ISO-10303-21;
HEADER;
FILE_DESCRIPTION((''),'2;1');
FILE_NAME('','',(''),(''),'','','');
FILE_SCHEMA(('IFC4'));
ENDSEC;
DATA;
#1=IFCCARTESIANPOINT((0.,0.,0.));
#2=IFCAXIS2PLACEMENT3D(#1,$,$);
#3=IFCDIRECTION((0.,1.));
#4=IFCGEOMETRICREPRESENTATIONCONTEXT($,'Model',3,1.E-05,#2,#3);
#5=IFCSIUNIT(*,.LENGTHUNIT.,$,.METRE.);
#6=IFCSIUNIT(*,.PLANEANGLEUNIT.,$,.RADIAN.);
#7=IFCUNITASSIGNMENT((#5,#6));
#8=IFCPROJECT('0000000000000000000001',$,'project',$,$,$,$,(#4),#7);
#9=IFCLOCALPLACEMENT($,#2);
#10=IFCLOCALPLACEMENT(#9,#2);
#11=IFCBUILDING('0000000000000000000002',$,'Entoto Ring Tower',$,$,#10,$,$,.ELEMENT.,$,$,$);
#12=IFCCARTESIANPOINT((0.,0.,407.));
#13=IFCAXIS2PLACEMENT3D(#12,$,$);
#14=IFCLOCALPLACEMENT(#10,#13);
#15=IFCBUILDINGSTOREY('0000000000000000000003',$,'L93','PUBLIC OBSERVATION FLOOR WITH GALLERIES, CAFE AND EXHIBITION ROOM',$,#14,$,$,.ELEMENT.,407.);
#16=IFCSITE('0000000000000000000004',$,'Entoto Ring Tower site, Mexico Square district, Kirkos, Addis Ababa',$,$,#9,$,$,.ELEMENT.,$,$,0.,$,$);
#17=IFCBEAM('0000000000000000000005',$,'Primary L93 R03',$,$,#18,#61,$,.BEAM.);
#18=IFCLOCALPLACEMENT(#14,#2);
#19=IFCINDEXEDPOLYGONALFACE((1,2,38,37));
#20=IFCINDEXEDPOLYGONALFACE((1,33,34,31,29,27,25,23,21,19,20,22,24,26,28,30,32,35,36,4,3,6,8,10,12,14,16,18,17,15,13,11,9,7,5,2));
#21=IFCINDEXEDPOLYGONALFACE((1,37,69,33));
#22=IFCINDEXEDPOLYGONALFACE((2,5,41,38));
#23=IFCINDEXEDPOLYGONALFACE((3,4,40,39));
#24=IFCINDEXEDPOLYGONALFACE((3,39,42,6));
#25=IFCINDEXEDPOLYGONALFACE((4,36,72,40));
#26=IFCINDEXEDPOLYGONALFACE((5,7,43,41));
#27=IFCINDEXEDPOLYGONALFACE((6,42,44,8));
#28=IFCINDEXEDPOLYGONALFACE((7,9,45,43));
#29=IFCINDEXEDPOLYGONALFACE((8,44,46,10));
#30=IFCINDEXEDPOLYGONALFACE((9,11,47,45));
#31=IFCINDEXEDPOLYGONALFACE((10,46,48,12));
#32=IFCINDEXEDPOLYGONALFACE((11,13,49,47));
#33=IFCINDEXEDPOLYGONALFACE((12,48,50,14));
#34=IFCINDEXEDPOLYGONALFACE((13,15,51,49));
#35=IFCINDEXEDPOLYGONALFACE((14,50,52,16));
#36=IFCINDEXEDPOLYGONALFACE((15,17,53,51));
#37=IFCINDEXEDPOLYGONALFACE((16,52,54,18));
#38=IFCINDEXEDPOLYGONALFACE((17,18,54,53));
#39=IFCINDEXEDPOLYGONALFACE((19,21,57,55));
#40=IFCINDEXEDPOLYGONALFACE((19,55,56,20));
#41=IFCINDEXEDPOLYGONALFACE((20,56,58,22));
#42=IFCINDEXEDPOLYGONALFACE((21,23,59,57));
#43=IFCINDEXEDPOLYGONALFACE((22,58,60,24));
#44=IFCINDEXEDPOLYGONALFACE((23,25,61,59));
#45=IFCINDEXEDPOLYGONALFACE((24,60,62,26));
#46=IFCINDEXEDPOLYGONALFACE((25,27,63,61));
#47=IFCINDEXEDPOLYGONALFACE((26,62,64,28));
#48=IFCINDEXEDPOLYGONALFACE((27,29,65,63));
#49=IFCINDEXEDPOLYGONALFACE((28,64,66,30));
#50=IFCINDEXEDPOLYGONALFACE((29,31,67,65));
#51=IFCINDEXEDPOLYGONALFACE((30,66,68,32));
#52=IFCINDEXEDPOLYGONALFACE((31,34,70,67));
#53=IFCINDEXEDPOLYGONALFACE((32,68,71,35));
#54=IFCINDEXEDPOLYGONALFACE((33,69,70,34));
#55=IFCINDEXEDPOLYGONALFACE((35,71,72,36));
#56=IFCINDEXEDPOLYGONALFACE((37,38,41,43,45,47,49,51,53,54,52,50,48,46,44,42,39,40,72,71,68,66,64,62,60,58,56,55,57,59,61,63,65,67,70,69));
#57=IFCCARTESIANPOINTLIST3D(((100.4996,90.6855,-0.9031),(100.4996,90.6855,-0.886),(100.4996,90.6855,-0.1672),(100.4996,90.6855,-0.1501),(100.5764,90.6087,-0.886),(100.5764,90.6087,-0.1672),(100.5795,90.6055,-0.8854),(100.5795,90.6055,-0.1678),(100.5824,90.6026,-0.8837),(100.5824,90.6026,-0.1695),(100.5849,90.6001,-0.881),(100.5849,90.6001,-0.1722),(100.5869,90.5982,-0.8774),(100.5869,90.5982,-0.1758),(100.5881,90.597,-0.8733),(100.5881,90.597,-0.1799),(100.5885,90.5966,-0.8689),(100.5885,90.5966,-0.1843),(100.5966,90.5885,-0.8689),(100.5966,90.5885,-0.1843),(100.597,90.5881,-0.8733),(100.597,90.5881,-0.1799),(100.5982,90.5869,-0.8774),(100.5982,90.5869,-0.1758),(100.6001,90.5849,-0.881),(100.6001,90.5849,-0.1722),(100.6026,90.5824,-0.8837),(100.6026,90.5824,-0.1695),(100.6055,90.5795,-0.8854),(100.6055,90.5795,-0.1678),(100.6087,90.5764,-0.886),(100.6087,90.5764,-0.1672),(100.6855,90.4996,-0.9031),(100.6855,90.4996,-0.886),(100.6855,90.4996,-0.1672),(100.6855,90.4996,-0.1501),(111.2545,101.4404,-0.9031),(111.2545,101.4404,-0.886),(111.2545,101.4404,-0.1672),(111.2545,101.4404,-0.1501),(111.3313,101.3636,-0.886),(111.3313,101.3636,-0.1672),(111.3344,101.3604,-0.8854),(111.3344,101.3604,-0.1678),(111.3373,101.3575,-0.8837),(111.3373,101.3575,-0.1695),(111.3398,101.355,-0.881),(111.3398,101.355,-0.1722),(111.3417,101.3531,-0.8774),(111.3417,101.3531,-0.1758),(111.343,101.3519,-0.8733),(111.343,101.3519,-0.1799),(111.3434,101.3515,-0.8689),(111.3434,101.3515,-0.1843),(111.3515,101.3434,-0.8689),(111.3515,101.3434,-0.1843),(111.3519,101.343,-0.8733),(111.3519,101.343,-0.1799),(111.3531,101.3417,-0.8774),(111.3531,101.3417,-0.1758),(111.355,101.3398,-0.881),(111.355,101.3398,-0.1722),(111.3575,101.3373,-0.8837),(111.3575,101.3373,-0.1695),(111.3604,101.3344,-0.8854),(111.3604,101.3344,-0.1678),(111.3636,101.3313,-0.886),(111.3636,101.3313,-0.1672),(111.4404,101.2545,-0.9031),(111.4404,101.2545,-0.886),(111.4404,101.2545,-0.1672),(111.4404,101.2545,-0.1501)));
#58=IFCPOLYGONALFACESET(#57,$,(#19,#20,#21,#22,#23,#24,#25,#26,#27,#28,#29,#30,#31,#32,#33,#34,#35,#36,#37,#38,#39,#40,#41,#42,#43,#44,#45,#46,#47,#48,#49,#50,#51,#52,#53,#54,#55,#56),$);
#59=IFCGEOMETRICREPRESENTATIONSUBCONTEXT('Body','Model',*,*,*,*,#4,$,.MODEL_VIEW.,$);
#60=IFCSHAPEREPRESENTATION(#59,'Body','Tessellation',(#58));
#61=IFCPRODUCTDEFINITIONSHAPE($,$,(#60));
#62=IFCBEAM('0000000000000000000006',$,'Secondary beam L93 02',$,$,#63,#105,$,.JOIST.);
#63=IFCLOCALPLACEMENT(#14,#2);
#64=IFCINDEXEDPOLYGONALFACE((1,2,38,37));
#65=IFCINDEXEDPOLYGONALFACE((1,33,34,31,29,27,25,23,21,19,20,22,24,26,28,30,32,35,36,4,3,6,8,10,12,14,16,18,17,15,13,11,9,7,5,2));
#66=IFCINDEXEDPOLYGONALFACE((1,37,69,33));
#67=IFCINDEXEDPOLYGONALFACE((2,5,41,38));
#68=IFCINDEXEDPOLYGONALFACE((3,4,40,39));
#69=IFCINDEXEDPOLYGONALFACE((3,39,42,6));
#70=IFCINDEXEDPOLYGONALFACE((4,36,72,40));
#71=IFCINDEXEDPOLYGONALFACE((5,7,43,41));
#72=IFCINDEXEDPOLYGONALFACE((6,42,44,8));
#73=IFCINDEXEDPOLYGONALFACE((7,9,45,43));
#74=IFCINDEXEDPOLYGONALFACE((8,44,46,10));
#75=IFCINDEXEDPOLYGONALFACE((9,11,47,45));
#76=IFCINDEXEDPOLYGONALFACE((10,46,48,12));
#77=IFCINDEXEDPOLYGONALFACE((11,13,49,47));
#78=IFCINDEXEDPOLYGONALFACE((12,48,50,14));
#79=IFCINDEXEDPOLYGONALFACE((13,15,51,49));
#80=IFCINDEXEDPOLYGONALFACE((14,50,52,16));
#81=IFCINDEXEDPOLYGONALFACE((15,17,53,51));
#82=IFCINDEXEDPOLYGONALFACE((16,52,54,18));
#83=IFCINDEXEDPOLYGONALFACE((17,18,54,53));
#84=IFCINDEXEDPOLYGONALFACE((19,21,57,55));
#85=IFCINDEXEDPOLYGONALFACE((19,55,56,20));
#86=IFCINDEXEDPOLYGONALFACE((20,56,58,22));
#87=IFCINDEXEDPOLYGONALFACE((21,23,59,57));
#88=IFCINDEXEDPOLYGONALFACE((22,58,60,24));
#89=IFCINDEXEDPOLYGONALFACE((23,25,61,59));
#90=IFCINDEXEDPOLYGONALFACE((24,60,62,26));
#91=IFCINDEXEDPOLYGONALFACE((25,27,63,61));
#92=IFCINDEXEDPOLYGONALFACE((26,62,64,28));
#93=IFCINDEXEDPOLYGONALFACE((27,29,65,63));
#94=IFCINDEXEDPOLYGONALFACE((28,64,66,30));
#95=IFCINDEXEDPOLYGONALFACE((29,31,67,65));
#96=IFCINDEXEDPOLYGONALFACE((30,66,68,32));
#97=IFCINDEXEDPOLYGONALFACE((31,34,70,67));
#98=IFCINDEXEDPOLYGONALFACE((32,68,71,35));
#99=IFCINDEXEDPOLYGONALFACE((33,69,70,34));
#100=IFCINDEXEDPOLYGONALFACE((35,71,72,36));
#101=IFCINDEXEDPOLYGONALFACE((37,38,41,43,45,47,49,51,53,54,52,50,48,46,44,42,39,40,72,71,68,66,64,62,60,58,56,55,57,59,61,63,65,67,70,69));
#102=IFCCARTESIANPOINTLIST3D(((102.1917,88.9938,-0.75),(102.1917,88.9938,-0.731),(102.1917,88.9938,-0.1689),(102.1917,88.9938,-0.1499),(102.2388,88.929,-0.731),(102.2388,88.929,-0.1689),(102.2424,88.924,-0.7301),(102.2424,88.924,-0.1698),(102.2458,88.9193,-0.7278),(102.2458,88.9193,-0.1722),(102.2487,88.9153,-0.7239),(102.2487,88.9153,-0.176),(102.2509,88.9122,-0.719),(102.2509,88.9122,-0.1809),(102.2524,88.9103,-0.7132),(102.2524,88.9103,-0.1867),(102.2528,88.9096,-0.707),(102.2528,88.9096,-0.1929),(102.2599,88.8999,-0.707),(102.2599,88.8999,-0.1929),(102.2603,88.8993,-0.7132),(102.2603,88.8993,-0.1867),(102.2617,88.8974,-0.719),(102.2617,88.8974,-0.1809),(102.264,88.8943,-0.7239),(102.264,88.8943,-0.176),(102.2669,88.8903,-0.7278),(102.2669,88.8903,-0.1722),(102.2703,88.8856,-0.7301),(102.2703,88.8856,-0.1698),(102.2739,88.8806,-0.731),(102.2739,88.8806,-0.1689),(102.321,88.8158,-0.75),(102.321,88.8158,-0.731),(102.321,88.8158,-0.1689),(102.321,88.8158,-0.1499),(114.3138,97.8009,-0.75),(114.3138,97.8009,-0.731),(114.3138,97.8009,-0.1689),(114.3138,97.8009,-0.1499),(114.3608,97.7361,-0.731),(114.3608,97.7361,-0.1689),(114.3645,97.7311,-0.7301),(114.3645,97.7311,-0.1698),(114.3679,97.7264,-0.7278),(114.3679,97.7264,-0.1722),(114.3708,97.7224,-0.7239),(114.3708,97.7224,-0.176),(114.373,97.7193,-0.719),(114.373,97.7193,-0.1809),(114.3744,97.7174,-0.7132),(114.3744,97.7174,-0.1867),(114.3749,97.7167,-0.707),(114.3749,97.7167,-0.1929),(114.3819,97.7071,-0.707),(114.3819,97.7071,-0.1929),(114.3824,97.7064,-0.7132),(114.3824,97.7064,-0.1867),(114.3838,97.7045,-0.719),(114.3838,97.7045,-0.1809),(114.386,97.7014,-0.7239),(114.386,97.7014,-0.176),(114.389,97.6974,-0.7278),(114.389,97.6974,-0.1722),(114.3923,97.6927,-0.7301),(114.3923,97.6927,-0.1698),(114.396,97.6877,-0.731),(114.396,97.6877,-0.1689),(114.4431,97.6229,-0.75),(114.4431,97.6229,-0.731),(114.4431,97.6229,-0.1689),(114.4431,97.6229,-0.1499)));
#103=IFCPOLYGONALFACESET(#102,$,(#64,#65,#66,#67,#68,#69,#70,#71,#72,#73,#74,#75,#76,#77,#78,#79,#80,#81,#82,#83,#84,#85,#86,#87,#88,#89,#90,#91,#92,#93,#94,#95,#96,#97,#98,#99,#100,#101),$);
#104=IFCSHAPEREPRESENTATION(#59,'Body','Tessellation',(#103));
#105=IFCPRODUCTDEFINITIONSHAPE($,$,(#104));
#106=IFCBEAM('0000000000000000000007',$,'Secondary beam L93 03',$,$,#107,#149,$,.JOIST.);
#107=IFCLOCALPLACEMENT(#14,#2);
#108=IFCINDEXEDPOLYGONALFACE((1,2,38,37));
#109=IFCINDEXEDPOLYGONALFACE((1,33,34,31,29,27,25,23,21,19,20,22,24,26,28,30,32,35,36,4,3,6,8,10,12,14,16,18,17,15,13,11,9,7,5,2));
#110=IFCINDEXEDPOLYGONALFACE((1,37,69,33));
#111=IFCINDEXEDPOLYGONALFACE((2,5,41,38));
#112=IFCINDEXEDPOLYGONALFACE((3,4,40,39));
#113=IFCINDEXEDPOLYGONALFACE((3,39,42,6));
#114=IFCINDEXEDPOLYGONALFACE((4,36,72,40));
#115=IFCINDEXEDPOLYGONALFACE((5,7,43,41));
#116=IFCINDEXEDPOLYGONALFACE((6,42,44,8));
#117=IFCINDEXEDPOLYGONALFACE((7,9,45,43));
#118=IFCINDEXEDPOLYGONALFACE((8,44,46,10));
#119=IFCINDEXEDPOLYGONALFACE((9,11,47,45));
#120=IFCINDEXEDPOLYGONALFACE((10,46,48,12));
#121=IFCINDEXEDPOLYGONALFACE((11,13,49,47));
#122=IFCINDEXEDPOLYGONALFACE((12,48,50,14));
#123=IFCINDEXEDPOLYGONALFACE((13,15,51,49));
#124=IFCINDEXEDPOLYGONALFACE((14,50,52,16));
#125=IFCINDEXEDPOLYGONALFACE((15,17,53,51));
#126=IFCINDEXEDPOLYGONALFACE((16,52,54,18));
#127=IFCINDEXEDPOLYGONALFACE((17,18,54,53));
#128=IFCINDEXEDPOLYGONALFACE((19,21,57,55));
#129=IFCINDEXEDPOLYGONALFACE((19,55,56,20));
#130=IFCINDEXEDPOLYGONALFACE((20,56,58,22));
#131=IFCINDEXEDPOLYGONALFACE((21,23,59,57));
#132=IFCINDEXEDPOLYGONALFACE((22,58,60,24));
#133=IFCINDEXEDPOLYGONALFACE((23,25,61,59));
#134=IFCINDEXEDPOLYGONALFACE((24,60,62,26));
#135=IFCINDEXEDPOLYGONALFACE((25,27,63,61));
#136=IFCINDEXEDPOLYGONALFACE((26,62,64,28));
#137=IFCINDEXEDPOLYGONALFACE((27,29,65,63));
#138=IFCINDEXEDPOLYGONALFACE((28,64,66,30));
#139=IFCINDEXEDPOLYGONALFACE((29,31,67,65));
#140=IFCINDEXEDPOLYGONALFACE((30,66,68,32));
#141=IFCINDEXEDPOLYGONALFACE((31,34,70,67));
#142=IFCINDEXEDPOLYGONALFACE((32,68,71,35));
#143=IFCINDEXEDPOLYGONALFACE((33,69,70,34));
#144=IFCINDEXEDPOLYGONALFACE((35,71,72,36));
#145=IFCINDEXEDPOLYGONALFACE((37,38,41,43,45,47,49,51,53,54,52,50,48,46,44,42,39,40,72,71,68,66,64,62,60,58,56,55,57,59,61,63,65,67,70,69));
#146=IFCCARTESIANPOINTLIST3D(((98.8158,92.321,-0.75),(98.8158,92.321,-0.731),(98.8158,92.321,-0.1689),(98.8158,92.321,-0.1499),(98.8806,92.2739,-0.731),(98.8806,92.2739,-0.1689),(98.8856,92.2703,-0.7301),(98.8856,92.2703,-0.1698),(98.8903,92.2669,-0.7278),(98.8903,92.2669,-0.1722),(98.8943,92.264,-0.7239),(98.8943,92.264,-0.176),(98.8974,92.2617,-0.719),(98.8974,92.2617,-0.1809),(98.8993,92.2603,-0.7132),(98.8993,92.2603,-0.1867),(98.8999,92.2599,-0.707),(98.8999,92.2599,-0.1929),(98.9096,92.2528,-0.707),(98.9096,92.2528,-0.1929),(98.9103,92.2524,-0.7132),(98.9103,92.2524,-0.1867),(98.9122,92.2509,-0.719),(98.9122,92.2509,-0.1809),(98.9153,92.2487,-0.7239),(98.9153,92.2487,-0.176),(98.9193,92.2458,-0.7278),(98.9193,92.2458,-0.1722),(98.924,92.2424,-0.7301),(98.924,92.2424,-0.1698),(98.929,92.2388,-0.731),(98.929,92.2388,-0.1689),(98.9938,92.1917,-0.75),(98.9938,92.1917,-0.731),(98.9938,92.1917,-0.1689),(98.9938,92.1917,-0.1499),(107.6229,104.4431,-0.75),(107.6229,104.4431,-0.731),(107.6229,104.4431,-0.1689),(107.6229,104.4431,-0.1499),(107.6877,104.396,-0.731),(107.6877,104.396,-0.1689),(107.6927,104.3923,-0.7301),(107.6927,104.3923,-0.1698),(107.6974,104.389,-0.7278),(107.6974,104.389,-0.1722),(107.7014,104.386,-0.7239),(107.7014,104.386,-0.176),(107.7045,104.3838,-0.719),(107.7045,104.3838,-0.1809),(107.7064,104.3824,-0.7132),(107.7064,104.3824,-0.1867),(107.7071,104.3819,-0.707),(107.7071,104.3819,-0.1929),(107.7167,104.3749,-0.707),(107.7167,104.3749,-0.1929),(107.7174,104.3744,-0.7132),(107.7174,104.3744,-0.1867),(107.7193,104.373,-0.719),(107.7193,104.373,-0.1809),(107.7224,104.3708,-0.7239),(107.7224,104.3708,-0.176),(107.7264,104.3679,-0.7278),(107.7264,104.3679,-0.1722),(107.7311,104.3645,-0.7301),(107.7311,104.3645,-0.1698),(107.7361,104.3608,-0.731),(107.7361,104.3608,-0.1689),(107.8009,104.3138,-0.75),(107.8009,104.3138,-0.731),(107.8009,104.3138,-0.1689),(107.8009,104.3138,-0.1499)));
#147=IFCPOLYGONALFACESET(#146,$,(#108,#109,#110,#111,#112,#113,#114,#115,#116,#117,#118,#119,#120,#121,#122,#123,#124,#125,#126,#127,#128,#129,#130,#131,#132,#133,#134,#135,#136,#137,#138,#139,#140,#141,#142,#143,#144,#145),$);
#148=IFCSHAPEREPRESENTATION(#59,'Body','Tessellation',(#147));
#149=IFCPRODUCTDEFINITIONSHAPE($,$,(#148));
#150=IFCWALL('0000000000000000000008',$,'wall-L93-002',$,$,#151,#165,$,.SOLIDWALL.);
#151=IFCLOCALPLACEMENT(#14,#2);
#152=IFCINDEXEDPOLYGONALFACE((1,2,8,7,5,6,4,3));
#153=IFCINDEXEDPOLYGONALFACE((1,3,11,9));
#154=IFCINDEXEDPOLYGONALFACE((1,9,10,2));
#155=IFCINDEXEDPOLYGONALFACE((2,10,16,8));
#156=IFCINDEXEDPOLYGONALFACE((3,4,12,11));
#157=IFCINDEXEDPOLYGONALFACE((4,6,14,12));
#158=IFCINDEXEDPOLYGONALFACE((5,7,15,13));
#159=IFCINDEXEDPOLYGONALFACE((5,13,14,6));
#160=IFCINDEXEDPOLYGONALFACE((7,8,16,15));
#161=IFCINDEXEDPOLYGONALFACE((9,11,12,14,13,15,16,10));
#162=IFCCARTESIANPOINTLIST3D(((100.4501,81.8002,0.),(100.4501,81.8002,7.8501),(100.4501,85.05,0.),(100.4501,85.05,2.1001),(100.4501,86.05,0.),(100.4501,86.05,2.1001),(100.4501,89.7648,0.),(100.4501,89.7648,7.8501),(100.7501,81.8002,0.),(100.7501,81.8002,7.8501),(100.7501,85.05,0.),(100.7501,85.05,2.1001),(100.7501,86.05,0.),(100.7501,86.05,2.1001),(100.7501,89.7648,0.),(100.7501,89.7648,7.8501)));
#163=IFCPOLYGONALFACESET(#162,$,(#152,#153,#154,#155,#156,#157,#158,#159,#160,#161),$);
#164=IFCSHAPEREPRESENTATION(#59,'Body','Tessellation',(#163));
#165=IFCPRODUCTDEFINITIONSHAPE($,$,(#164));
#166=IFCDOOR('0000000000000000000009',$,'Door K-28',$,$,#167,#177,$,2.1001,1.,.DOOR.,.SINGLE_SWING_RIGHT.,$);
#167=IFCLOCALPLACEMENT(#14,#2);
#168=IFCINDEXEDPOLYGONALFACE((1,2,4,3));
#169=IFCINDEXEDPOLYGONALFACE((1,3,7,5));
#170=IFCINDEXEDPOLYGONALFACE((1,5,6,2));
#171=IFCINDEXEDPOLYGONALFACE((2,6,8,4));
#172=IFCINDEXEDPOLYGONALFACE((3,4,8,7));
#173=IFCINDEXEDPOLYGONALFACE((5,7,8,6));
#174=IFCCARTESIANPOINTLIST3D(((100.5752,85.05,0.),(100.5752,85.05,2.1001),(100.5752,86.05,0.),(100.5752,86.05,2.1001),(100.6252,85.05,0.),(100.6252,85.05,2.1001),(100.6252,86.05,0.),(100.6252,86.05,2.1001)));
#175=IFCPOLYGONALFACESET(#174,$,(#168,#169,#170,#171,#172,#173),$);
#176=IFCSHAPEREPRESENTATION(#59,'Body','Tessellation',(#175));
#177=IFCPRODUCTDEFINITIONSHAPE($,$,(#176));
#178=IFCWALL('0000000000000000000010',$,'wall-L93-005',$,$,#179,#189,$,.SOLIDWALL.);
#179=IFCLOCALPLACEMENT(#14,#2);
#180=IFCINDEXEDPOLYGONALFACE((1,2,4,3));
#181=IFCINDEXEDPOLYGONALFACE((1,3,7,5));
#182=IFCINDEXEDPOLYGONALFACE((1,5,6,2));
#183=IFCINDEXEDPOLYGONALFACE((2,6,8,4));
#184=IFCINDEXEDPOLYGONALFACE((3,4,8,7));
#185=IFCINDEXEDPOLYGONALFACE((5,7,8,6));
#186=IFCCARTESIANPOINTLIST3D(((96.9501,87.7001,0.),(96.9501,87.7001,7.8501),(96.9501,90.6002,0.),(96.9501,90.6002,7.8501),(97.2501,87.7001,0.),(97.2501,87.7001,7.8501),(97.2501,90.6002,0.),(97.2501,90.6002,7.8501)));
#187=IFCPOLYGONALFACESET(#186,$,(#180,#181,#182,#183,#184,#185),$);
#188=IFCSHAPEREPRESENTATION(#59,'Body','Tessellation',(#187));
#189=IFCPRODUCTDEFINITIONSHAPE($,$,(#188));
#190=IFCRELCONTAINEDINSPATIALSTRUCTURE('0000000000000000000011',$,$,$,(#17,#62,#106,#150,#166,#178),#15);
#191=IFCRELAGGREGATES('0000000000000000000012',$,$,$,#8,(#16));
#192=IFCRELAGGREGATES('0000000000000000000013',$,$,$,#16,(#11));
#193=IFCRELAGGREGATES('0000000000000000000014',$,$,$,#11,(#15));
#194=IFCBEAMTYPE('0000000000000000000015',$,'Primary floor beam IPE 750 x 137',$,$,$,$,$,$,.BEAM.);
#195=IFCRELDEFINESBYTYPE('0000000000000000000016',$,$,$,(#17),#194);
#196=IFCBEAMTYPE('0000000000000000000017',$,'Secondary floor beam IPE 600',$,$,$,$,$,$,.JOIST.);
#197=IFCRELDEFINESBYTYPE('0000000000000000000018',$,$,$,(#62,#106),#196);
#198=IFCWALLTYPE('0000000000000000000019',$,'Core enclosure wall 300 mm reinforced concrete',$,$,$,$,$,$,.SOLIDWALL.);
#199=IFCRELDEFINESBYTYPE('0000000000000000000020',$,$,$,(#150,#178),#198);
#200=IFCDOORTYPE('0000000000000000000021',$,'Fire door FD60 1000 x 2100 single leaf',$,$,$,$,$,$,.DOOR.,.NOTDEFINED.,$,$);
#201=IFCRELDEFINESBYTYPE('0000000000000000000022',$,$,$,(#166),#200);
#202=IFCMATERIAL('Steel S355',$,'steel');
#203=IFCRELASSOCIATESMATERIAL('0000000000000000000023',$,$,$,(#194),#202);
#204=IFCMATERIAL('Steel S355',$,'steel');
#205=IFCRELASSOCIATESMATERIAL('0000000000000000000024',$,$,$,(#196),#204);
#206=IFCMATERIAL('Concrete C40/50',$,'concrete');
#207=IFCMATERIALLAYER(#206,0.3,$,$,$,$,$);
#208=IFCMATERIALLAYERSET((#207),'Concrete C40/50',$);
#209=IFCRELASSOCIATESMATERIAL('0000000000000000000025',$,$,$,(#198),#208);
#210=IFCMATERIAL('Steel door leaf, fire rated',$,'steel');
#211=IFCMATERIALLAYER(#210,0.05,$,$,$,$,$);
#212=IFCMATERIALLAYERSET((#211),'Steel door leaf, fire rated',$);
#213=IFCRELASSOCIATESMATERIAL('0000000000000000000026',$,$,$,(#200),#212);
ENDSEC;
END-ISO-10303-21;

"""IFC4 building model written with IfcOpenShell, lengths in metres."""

from ifc_helpers import new_model, si_unit, direction, frame, frame_2d, origin, origin_2d, place, context, subcontext, project, spatial, rectangle, i_section, extrude, material, layer, layer_set, material_profile, profile_set, type_object, element, fill, save


model = new_model("IFC4")

# Units and contexts
model_context = context("Model", 3, precision=1e-05, world=origin(), true_north=direction((0.0, 1.0)))
body_context = subcontext(model_context, "Body", "Model", "MODEL_VIEW")
ifc_project = project(units=[si_unit("LENGTHUNIT", "METRE"), si_unit("PLANEANGLEUNIT", "RADIAN")], contexts=[model_context])

# Site, building, storey
site_placement = place(None, origin())
site = spatial("IfcSite", under=ifc_project, at=site_placement, Name="Entoto Ring Tower site, Mexico Square district, Kirkos, Addis Ababa", CompositionType="ELEMENT", RefElevation=0.0)
building_placement = place(site_placement, origin())
building = spatial("IfcBuilding", under=site, at=building_placement, Name="Entoto Ring Tower", CompositionType="ELEMENT")
storey_placement = place(building_placement, frame((0.0, 0.0, 407.0)))
storey = spatial("IfcBuildingStorey", under=building, at=storey_placement, Name="L93", Description="PUBLIC OBSERVATION FLOOR WITH GALLERIES, CAFE AND EXHIBITION ROOM", CompositionType="ELEMENT", Elevation=407.0)

# Beams
ifc_material_1 = material(Name="Steel S355", Category="steel")
ifc_material_profile_1 = material_profile(ifc_material_1, i_section(OverallWidth=0.2629, OverallDepth=0.7529, WebThickness=0.0115, FlangeThickness=0.0171, FilletRadius=0.0171, at=origin_2d()), Name="IPE 750 x 137")
ifc_profile_set_1 = profile_set([ifc_material_profile_1], Name="Steel S355")
beam_type_1 = type_object("IfcBeamType", Name="Primary floor beam IPE 750 x 137", PredefinedType="BEAM", material=ifc_profile_set_1)
beam_placement = place(storey_placement, frame((100.5925, 90.5925, -0.5266), z_axis=(0.707107, 0.707107, 0.0), x_axis=(-0.707107, 0.707107, 0.0)))
element("IfcBeam", 1, at=beam_placement, inside=storey, type_object=beam_type_1, Name="Primary L93 R03", PredefinedType="BEAM", context=body_context, shape_type="SweptSolid", body=[
    extrude(i_section(OverallWidth=0.2629, OverallDepth=0.7529, WebThickness=0.0115, FlangeThickness=0.0171, FilletRadius=0.0171, at=origin_2d()), origin(), (0.0, 0.0, 1.0), 15.2097),
])
ifc_material_2 = material(Name="Steel S355", Category="steel")
ifc_material_profile_2 = material_profile(ifc_material_2, i_section(OverallWidth=0.22, OverallDepth=0.6001, WebThickness=0.012, FlangeThickness=0.019, FilletRadius=0.0239, at=origin_2d()), Name="IPE 600")
ifc_profile_set_2 = profile_set([ifc_material_profile_2], Name="Steel S355")
beam_type_2 = type_object("IfcBeamType", Name="Secondary floor beam IPE 600", PredefinedType="JOIST", material=ifc_profile_set_2)
for number, where, z_axis, x_axis, name in (
    (2, (102.2563, 88.9048, -0.45), (0.809019, 0.587782, 0.0), (-0.587782, 0.809019, 0.0), "Secondary beam L93 02"),
    (3, (98.9048, 92.2563, -0.45), (0.587782, 0.809019, 0.0), (-0.809019, 0.587782, 0.0), "Secondary beam L93 03"),
):
    element("IfcBeam", number, at=place(storey_placement, frame(where, z_axis=z_axis, x_axis=x_axis)), inside=storey, type_object=beam_type_2, Name=name, PredefinedType="JOIST", context=body_context, shape_type="SweptSolid", body=[
        extrude(i_section(OverallWidth=0.22, OverallDepth=0.6001, WebThickness=0.012, FlangeThickness=0.019, FilletRadius=0.0239, at=origin_2d()), origin(), (0.0, 0.0, 1.0), 14.9836),
    ])

# Wall, opening, door
ifc_material_3 = material(Name="Concrete C40/50", Category="concrete")
ifc_layer_1 = layer(ifc_material_3, 0.3)
ifc_layer_set_1 = layer_set([ifc_layer_1], Name="Concrete C40/50")
wall_type = type_object("IfcWallType", Name="Core enclosure wall 300 mm reinforced concrete", PredefinedType="SOLIDWALL", material=ifc_layer_set_1)
wall_1_placement = place(storey_placement, frame((100.6001, 81.8, 0.0), z_axis=(0.0, 0.0, 1.0), x_axis=(0.0, 1.0, 0.0)))
wall_1 = element("IfcWall", 4, at=wall_1_placement, inside=storey, type_object=wall_type, Name="wall-L93-002", PredefinedType="SOLIDWALL", context=body_context, shape_type="SweptSolid", body=[
    extrude(rectangle(XDim=7.9646, YDim=0.3, at=frame_2d((3.9824, 0.0))), origin(), (0.0, 0.0, 1.0), 7.8501),
])
opening_1_placement = place(wall_1_placement, frame((3.25, 0.0, 0.0)))
opening_1 = element("IfcOpeningElement", 5, at=opening_1_placement, cuts=wall_1, PredefinedType="OPENING", context=body_context, shape_type="SweptSolid", body=[
    extrude(rectangle(XDim=1.0, YDim=2.1001, at=frame_2d((0.5, 1.05))), frame((0.0, 0.1602, 0.0), z_axis=(0.0, -1.0, 0.0), x_axis=(1.0, 0.0, 0.0)), (0.0, 0.0, 1.0), 0.3201),
])
ifc_material_4 = material(Name="Steel door leaf, fire rated", Category="steel")
ifc_layer_2 = layer(ifc_material_4, 0.05)
ifc_layer_set_2 = layer_set([ifc_layer_2], Name="Steel door leaf, fire rated")
door_type_1 = type_object("IfcDoorType", Name="Fire door FD60 1000 x 2100 single leaf", OperationType="NOTDEFINED", PredefinedType="DOOR", material=ifc_layer_set_2)
door_1_placement = place(opening_1_placement, origin())
door_1 = element("IfcDoor", 6, at=door_1_placement, inside=storey, type_object=door_type_1, Name="Door K-28", OperationType="SINGLE_SWING_RIGHT", OverallHeight=2.1001, OverallWidth=1.0, PredefinedType="DOOR", context=body_context, shape_type="SweptSolid", body=[
    extrude(rectangle(XDim=1.0, YDim=2.1001, at=frame_2d((0.5, 1.05))), frame((0.0, 0.0249, 0.0), z_axis=(0.0, -1.0, 0.0), x_axis=(1.0, 0.0, 0.0)), (0.0, 0.0, 1.0), 0.05),
])
fill(opening_1, door_1)

# Wall
wall_2_placement = place(storey_placement, frame((97.1001, 87.7, 0.0), z_axis=(0.0, 0.0, 1.0), x_axis=(0.0, 1.0, 0.0)))
element("IfcWall", 7, at=wall_2_placement, inside=storey, type_object=wall_type, Name="wall-L93-005", PredefinedType="SOLIDWALL", context=body_context, shape_type="SweptSolid", body=[
    extrude(rectangle(XDim=2.9001, YDim=0.3, at=frame_2d((1.4502, 0.0))), origin(), (0.0, 0.0, 1.0), 7.8501),
])

save(model, "model.ifc")
